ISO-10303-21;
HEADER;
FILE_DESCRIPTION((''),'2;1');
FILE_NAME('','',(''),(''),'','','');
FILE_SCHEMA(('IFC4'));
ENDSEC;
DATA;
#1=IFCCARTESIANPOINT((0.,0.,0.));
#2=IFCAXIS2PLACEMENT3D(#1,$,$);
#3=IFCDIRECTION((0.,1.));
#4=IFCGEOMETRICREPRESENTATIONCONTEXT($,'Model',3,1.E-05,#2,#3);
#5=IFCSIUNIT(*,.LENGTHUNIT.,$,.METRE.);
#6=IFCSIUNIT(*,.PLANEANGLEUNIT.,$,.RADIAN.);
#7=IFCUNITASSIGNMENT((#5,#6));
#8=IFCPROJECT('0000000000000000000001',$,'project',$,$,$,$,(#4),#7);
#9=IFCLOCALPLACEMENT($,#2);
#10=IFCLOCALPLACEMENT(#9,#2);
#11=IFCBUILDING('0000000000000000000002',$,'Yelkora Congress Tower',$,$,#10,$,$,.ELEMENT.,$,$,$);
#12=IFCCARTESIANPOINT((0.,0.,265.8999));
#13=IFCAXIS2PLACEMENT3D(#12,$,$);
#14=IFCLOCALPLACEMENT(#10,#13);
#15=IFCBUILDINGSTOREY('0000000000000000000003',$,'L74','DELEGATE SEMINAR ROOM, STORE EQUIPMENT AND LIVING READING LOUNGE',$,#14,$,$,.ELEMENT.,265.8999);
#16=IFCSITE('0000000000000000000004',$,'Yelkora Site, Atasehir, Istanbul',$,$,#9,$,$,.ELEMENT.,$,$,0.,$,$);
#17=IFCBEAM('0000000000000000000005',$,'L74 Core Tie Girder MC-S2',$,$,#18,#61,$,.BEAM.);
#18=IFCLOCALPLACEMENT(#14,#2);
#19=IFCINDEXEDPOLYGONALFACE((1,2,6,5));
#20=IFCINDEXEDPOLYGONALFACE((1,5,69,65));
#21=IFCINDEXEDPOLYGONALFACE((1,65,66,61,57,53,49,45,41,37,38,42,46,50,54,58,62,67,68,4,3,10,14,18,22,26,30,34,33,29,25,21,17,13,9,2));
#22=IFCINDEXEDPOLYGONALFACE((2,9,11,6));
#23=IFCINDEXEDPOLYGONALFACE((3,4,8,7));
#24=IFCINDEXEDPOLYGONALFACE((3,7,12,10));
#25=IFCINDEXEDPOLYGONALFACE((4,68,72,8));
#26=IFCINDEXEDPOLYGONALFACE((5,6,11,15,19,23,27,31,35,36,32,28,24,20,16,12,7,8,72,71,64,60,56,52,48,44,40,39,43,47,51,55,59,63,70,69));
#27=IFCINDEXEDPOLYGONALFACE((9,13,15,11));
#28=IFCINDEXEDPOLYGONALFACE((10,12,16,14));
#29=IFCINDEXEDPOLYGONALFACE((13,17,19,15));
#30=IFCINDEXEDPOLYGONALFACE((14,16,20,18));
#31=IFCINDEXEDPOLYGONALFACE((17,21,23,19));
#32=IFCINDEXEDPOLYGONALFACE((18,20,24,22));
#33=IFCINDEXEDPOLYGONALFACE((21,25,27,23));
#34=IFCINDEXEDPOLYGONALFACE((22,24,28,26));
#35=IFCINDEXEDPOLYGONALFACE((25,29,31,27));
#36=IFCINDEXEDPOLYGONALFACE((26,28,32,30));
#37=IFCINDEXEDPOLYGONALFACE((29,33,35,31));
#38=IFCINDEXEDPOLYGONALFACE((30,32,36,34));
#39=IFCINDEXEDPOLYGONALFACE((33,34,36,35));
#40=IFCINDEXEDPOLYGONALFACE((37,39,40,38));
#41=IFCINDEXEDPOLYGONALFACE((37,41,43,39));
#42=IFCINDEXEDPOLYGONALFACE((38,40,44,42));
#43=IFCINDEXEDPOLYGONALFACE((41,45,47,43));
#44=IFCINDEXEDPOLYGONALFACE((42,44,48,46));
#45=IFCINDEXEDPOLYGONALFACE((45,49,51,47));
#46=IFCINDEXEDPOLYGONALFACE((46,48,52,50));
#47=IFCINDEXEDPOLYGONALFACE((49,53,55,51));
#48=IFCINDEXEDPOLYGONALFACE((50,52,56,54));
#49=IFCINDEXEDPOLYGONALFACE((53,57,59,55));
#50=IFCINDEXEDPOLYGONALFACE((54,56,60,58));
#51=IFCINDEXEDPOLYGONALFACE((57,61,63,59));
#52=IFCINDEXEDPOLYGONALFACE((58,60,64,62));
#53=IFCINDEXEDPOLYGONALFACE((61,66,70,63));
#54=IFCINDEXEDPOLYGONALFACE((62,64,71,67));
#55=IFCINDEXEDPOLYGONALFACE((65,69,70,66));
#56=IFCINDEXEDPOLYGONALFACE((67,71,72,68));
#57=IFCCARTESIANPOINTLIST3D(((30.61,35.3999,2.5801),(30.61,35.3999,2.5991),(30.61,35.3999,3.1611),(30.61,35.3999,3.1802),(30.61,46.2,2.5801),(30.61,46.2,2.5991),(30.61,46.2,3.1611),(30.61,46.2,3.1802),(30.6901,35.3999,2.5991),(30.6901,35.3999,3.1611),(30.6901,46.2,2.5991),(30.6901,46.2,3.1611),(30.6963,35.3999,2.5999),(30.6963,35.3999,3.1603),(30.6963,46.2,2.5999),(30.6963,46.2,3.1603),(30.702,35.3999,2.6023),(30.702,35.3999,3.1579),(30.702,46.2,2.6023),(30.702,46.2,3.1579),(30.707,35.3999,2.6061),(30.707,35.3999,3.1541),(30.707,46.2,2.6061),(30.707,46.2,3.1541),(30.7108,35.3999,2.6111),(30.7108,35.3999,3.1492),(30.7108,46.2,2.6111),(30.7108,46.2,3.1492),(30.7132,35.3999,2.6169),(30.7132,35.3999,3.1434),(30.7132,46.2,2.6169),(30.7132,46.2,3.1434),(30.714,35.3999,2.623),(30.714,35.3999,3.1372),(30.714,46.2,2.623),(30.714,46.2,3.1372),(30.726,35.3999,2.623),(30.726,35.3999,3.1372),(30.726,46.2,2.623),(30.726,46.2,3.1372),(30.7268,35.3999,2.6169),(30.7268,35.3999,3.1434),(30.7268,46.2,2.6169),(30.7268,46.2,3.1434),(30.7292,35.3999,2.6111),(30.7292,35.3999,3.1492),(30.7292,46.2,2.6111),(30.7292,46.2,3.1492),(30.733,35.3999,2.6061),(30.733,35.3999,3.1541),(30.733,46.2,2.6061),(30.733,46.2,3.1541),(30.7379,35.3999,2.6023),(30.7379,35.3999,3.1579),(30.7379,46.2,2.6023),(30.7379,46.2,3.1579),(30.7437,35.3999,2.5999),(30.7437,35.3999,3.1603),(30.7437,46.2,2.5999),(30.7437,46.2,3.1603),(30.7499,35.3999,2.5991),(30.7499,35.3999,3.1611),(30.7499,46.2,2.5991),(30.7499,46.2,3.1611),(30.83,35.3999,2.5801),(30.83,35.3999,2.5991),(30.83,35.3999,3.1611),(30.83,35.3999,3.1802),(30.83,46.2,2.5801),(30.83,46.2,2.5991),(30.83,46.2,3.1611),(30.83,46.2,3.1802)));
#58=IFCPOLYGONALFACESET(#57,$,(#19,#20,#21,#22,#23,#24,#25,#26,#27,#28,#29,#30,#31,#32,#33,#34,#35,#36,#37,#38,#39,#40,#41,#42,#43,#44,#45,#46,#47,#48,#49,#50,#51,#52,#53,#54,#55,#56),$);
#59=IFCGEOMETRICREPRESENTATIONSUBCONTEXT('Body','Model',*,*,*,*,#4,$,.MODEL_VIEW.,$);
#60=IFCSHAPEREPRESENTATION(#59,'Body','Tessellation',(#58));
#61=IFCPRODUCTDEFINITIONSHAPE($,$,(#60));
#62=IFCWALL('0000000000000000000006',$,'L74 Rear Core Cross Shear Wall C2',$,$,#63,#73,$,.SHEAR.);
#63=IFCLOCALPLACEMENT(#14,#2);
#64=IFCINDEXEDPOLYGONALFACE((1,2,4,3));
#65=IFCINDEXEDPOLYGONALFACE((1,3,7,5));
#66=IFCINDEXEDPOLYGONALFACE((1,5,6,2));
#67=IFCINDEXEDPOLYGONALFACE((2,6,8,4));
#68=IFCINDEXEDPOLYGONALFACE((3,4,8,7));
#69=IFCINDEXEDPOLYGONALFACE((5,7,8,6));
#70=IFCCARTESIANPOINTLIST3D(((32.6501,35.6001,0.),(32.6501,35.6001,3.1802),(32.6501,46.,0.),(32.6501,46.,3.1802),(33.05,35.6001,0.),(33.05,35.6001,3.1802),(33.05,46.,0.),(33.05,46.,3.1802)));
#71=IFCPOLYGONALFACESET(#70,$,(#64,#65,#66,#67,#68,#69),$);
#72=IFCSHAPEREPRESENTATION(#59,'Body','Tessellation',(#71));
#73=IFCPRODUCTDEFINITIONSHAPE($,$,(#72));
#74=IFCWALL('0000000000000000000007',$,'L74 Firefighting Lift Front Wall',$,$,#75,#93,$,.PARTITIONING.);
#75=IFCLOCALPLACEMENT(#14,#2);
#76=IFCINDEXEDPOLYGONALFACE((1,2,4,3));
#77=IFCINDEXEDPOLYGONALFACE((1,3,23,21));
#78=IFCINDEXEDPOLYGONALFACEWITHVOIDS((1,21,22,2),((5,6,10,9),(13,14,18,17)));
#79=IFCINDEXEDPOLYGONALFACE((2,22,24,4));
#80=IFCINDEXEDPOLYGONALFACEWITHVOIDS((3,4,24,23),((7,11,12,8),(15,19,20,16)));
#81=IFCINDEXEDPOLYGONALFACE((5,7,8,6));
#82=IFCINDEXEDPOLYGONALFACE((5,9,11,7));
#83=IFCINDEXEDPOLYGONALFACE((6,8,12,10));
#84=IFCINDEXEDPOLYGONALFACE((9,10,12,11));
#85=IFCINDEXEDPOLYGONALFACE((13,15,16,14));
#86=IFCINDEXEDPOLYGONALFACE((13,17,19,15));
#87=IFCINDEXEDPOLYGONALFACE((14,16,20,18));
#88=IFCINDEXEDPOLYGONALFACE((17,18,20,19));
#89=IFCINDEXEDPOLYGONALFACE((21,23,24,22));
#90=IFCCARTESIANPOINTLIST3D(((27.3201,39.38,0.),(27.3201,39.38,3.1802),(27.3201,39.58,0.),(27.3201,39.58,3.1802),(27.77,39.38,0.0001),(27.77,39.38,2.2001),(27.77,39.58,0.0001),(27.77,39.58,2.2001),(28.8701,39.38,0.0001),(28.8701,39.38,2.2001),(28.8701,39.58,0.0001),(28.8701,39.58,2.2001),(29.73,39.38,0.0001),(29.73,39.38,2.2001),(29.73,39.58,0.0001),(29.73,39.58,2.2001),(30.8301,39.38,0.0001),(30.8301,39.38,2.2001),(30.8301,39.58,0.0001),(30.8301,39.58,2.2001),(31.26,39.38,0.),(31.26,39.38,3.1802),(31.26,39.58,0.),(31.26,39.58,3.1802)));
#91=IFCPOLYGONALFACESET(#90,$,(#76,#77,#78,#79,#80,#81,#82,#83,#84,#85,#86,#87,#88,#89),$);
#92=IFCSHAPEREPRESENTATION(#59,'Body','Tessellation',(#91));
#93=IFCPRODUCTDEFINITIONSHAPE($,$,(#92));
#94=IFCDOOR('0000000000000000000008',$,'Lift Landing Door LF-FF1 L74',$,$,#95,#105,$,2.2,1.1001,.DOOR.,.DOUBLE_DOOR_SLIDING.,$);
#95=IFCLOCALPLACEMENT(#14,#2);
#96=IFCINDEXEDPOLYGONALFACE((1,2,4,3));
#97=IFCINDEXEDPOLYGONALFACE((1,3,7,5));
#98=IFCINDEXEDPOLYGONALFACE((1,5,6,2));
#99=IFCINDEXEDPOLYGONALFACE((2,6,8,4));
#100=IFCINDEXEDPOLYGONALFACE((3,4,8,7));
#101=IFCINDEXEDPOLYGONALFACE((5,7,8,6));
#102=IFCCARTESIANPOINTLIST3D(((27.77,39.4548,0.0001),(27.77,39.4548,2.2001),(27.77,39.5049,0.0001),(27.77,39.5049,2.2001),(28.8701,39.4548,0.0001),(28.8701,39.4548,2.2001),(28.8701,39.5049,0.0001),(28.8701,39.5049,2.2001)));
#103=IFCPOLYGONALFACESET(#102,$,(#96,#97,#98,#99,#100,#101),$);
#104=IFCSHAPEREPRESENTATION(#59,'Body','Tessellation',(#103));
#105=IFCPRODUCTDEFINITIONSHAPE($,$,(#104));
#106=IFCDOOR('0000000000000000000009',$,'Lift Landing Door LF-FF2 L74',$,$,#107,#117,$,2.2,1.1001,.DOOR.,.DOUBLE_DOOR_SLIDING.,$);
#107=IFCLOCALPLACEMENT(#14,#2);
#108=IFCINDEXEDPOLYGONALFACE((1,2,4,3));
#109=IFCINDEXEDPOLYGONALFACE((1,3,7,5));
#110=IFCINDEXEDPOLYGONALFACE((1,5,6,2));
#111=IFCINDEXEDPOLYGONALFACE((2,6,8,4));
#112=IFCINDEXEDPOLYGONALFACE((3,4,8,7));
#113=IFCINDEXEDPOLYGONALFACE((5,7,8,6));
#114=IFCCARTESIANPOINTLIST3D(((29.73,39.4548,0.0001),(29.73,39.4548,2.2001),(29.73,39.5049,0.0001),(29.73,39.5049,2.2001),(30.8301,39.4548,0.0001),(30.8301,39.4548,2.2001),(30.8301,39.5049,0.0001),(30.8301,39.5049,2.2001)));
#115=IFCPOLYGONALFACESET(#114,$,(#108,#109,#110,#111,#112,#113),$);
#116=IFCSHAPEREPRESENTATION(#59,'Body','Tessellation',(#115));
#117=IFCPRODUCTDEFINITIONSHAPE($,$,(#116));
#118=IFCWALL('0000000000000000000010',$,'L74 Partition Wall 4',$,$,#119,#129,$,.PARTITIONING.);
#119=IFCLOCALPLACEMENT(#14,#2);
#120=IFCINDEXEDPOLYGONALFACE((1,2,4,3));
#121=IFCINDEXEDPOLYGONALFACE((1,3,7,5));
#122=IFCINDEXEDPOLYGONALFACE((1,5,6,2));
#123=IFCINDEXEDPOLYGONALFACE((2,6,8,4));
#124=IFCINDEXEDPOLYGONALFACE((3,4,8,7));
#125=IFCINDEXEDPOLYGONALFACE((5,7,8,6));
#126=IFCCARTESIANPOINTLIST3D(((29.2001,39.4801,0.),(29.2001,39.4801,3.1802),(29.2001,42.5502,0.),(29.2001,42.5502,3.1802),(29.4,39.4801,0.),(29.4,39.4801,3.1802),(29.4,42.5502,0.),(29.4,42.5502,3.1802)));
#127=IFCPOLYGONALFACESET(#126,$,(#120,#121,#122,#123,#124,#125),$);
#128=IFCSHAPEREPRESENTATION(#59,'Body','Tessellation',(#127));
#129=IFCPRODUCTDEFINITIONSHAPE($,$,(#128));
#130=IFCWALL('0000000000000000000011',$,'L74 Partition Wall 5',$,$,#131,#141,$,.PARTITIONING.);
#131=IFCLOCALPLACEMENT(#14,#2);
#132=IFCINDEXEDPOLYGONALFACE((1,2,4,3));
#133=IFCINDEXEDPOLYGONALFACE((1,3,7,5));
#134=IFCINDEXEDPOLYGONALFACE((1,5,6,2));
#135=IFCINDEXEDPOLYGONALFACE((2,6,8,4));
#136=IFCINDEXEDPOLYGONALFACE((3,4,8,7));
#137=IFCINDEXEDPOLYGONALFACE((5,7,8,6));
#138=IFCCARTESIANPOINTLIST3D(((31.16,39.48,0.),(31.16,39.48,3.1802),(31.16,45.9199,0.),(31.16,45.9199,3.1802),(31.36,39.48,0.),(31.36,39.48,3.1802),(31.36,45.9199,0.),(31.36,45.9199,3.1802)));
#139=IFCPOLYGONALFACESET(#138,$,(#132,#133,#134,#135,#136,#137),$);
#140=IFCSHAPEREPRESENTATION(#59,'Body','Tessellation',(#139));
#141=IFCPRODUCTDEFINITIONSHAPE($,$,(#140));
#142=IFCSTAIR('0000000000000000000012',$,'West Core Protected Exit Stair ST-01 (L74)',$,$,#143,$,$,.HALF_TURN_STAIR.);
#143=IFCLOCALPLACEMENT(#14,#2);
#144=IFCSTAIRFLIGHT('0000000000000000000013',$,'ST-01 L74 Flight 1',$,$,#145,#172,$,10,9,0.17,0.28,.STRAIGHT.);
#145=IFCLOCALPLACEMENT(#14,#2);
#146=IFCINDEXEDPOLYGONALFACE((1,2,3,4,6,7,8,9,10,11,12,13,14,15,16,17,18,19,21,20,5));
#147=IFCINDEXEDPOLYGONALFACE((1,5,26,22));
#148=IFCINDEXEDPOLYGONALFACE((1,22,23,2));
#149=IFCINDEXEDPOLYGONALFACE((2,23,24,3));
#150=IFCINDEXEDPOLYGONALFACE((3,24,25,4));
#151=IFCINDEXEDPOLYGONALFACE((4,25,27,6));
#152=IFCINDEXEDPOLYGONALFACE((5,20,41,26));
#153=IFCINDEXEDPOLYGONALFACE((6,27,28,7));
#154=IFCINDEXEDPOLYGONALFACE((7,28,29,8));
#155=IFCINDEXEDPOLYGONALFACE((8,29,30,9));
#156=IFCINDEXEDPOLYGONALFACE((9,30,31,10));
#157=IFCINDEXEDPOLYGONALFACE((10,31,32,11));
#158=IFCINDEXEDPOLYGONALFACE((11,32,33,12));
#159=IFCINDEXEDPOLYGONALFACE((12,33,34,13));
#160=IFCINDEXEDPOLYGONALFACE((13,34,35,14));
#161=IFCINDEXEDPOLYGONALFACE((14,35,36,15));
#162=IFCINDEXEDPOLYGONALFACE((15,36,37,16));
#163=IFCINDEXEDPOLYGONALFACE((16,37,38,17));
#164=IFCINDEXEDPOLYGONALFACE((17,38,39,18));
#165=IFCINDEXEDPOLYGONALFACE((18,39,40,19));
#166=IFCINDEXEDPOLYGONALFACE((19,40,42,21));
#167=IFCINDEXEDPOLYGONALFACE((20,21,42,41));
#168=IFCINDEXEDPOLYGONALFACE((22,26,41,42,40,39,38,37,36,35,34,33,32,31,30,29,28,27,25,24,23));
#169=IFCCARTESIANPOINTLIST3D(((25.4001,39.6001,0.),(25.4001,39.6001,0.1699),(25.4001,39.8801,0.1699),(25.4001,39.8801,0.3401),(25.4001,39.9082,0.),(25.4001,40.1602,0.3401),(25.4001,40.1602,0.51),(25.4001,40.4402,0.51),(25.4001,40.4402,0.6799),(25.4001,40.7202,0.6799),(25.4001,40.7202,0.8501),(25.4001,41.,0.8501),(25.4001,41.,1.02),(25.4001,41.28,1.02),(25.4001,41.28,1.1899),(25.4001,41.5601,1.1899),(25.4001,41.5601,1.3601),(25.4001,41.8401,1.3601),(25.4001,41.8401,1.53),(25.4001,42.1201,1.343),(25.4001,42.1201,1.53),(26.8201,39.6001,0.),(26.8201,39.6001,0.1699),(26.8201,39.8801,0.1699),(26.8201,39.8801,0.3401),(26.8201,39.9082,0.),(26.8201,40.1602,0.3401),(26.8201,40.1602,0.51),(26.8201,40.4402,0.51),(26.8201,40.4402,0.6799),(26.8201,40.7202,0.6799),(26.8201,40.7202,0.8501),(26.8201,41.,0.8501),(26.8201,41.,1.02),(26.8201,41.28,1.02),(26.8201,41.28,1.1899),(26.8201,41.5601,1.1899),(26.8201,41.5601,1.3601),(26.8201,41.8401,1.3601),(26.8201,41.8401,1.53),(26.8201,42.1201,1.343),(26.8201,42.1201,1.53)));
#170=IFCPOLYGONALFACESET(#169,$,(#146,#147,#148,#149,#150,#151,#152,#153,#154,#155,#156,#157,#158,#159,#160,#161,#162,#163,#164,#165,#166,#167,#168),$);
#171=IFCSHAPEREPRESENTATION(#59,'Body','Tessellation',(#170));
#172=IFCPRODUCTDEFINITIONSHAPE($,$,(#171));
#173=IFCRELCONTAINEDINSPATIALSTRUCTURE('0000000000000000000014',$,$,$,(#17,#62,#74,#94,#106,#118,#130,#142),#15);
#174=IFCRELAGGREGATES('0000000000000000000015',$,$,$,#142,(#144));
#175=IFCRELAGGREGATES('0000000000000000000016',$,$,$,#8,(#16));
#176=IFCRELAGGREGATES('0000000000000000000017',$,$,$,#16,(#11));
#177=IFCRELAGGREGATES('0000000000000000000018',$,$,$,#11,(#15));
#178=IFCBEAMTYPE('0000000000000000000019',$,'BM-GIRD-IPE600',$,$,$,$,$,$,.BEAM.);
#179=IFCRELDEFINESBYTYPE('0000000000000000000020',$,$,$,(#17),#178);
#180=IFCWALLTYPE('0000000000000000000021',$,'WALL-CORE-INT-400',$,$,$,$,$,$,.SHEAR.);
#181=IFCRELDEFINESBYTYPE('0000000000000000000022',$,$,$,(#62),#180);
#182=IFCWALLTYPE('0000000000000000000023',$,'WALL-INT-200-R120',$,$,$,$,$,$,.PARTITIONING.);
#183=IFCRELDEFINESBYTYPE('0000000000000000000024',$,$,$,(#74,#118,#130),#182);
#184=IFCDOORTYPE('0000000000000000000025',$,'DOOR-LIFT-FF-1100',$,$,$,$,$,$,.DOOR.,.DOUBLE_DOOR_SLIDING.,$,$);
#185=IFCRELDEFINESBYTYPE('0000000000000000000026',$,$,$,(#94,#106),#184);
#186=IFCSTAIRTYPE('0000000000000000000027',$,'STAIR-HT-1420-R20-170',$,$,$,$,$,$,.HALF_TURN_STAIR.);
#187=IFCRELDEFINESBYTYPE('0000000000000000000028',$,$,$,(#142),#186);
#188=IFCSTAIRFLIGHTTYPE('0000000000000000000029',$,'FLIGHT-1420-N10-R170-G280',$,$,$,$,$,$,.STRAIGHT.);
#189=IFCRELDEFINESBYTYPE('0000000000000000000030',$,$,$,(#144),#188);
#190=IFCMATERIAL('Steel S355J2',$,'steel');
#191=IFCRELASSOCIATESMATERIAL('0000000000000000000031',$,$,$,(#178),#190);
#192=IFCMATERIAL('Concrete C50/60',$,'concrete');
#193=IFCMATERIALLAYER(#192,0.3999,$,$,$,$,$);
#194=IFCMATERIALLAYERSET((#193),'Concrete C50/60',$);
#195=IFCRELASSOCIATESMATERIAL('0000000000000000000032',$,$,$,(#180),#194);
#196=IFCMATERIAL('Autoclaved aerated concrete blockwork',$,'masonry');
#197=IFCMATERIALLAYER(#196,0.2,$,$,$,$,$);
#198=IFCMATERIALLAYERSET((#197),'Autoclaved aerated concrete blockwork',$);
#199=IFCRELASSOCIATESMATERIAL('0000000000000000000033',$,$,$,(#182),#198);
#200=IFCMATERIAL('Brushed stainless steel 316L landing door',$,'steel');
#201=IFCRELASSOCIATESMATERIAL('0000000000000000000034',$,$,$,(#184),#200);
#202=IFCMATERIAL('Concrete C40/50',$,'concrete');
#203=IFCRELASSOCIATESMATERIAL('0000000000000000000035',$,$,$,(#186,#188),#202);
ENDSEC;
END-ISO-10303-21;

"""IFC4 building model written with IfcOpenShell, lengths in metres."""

from ifc_helpers import new_model, si_unit, direction, frame, frame_2d, origin, origin_2d, place, context, subcontext, project, spatial, polyline, rectangle, i_section, outline, extrude, material, layer, layer_set, material_profile, profile_set, type_object, element, fill, aggregate, save


model = new_model("IFC4")

# Units and contexts
model_context = context("Model", 3, precision=1e-05, world=origin(), true_north=direction((0.0, 1.0)))
body_context = subcontext(model_context, "Body", "Model", "MODEL_VIEW")
ifc_project = project(units=[si_unit("LENGTHUNIT", "METRE"), si_unit("PLANEANGLEUNIT", "RADIAN")], contexts=[model_context])

# Site, building, storey
site_placement = place(None, origin())
site = spatial("IfcSite", under=ifc_project, at=site_placement, Name="Yelkora Site, Atasehir, Istanbul", CompositionType="ELEMENT", RefElevation=0.0)
building_placement = place(site_placement, origin())
building = spatial("IfcBuilding", under=site, at=building_placement, Name="Yelkora Congress Tower", CompositionType="ELEMENT")
storey_placement = place(building_placement, frame((0.0, 0.0, 265.8999)))
storey = spatial("IfcBuildingStorey", under=building, at=storey_placement, Name="L74", Description="DELEGATE SEMINAR ROOM, STORE EQUIPMENT AND LIVING READING LOUNGE", CompositionType="ELEMENT", Elevation=265.8999)

# Beam
ifc_material_1 = material(Name="Steel S355J2", Category="steel")
ifc_material_profile = material_profile(ifc_material_1, i_section(OverallWidth=0.22, OverallDepth=0.6001, WebThickness=0.012, FlangeThickness=0.019, FilletRadius=0.0239, at=origin_2d()), Name="IPE 600")
ifc_profile_set = profile_set([ifc_material_profile], Name="Steel S355J2")
beam_type = type_object("IfcBeamType", Name="BM-GIRD-IPE600", PredefinedType="BEAM", material=ifc_profile_set)
beam_placement = place(storey_placement, frame((30.72, 35.3999, 2.8801), z_axis=(0.0, 1.0, 0.0), x_axis=(-1.0, 0.0, 0.0)))
element("IfcBeam", 1, at=beam_placement, inside=storey, type_object=beam_type, Name="L74 Core Tie Girder MC-S2", PredefinedType="BEAM", context=body_context, shape_type="SweptSolid", body=[
    extrude(i_section(OverallWidth=0.22, OverallDepth=0.6001, WebThickness=0.012, FlangeThickness=0.019, FilletRadius=0.0239, at=origin_2d()), origin(), (0.0, 0.0, 1.0), 10.8),
])

# Shared definitions
ifc_material_2 = material(Name="Concrete C50/60", Category="concrete")
ifc_layer_1 = layer(ifc_material_2, 0.3999)
ifc_layer_set_1 = layer_set([ifc_layer_1], Name="Concrete C50/60")
wall_type_1 = type_object("IfcWallType", Name="WALL-CORE-INT-400", PredefinedType="SHEAR", material=ifc_layer_set_1)

# Wall
wall_1_placement = place(storey_placement, frame((32.8501, 35.6001, 0.0), z_axis=(0.0, 0.0, 1.0), x_axis=(0.0, 1.0, 0.0)))
element("IfcWall", 2, at=wall_1_placement, inside=storey, type_object=wall_type_1, Name="L74 Rear Core Cross Shear Wall C2", PredefinedType="SHEAR", context=body_context, shape_type="SweptSolid", body=[
    extrude(rectangle(XDim=10.3999, YDim=0.3999, at=frame_2d((5.2, 0.0))), origin(), (0.0, 0.0, 1.0), 3.1802),
])

# Shared definitions
ifc_material_3 = material(Name="Autoclaved aerated concrete blockwork", Category="masonry")
ifc_layer_2 = layer(ifc_material_3, 0.2)
ifc_layer_set_2 = layer_set([ifc_layer_2], Name="Autoclaved aerated concrete blockwork")
wall_type_2 = type_object("IfcWallType", Name="WALL-INT-200-R120", PredefinedType="PARTITIONING", material=ifc_layer_set_2)

# Wall, openings, doors
wall_2_placement = place(storey_placement, frame((27.3201, 39.48, 0.0), z_axis=(0.0, 0.0, 1.0), x_axis=(1.0, 0.0, 0.0)))
wall_2 = element("IfcWall", 3, at=wall_2_placement, inside=storey, type_object=wall_type_2, Name="L74 Firefighting Lift Front Wall", PredefinedType="PARTITIONING", context=body_context, shape_type="SweptSolid", body=[
    extrude(rectangle(XDim=3.9399, YDim=0.2, at=frame_2d((1.97, 0.0))), origin(), (0.0, 0.0, 1.0), 3.1802),
])
opening_1_placement = place(wall_2_placement, frame((0.45, 0.0, 0.0)))
opening_1 = element("IfcOpeningElement", 4, at=opening_1_placement, cuts=wall_2, PredefinedType="OPENING", context=body_context, shape_type="SweptSolid", body=[
    extrude(rectangle(XDim=1.1001, YDim=2.2, at=frame_2d((0.55, 1.1001))), frame((0.0, 0.1099, 0.0), z_axis=(0.0, -1.0, 0.0), x_axis=(1.0, 0.0, 0.0)), (0.0, 0.0, 1.0), 0.22),
])
opening_2_placement = place(wall_2_placement, frame((2.4099, 0.0, 0.0)))
opening_2 = element("IfcOpeningElement", 5, at=opening_2_placement, cuts=wall_2, PredefinedType="OPENING", context=body_context, shape_type="SweptSolid", body=[
    extrude(rectangle(XDim=1.1001, YDim=2.2, at=frame_2d((0.55, 1.1001))), frame((0.0, 0.1099, 0.0), z_axis=(0.0, -1.0, 0.0), x_axis=(1.0, 0.0, 0.0)), (0.0, 0.0, 1.0), 0.22),
])
ifc_material_4 = material(Name="Brushed stainless steel 316L landing door", Category="steel")
door_type_1 = type_object("IfcDoorType", Name="DOOR-LIFT-FF-1100", OperationType="DOUBLE_DOOR_SLIDING", PredefinedType="DOOR", material=ifc_material_4)
door_1_placement = place(opening_1_placement, origin())
door_1 = element("IfcDoor", 6, at=door_1_placement, inside=storey, type_object=door_type_1, Name="Lift Landing Door LF-FF1 L74", OperationType="DOUBLE_DOOR_SLIDING", OverallHeight=2.2, OverallWidth=1.1001, PredefinedType="DOOR", context=body_context, shape_type="SweptSolid", body=[
    extrude(rectangle(XDim=1.1001, YDim=2.2, at=frame_2d((0.55, 1.1001))), frame((0.0, 0.0249, 0.0), z_axis=(0.0, -1.0, 0.0), x_axis=(1.0, 0.0, 0.0)), (0.0, 0.0, 1.0), 0.05),
])
fill(opening_1, door_1)
door_2_placement = place(opening_2_placement, origin())
door_2 = element("IfcDoor", 7, at=door_2_placement, inside=storey, type_object=door_type_1, Name="Lift Landing Door LF-FF2 L74", OperationType="DOUBLE_DOOR_SLIDING", OverallHeight=2.2, OverallWidth=1.1001, PredefinedType="DOOR", context=body_context, shape_type="SweptSolid", body=[
    extrude(rectangle(XDim=1.1001, YDim=2.2, at=frame_2d((0.55, 1.1001))), frame((0.0, 0.0249, 0.0), z_axis=(0.0, -1.0, 0.0), x_axis=(1.0, 0.0, 0.0)), (0.0, 0.0, 1.0), 0.05),
])
fill(opening_2, door_2)

# Walls
wall_3_placement = place(storey_placement, frame((29.3, 39.48, 0.0), z_axis=(0.0, 0.0, 1.0), x_axis=(0.0, 1.0, 0.0)))
element("IfcWall", 8, at=wall_3_placement, inside=storey, type_object=wall_type_2, Name="L74 Partition Wall 4", PredefinedType="PARTITIONING", context=body_context, shape_type="SweptSolid", body=[
    extrude(rectangle(XDim=3.0701, YDim=0.2, at=frame_2d((1.5352, 0.0))), origin(), (0.0, 0.0, 1.0), 3.1802),
])
wall_4_placement = place(storey_placement, frame((31.26, 39.48, 0.0), z_axis=(0.0, 0.0, 1.0), x_axis=(0.0, 1.0, 0.0)))
element("IfcWall", 9, at=wall_4_placement, inside=storey, type_object=wall_type_2, Name="L74 Partition Wall 5", PredefinedType="PARTITIONING", context=body_context, shape_type="SweptSolid", body=[
    extrude(rectangle(XDim=6.4399, YDim=0.2, at=frame_2d((3.22, 0.0))), origin(), (0.0, 0.0, 1.0), 3.1802),
])

# Stair, stair flight
ifc_material_5 = material(Name="Concrete C40/50", Category="concrete")
stair_type = type_object("IfcStairType", Name="STAIR-HT-1420-R20-170", PredefinedType="HALF_TURN_STAIR", material=ifc_material_5)
stair_placement = place(storey_placement, origin())
stair = element("IfcStair", 10, at=stair_placement, inside=storey, type_object=stair_type, Name="West Core Protected Exit Stair ST-01 (L74)", PredefinedType="HALF_TURN_STAIR")
stair_flight_type = type_object("IfcStairFlightType", Name="FLIGHT-1420-N10-R170-G280", PredefinedType="STRAIGHT", material=ifc_material_5)
stair_flight_1_placement = place(storey_placement, frame((26.1101, 39.6001, 0.0), z_axis=(0.0, 0.0, 1.0), x_axis=(0.0, 1.0, 0.0)))
stair_flight_1 = element("IfcStairFlight", 11, at=stair_flight_1_placement, type_object=stair_flight_type, Name="ST-01 L74 Flight 1", NumberOfRisers=10, NumberOfTreads=9, PredefinedType="STRAIGHT", RiserHeight=0.17, TreadLength=0.28, context=body_context, shape_type="SweptSolid", body=[
    extrude(outline(polyline([(0.0, 0.0), (0.0, 0.1699), (0.28, 0.1699), (0.28, 0.3401), (0.5601, 0.3401), (0.5601, 0.51), (0.8401, 0.51), (0.8401, 0.6799), (1.1201, 0.6799), (1.1201, 0.8501), (1.3999, 0.8501), (1.3999, 1.02), (1.6799, 1.02), (1.6799, 1.1899), (1.96, 1.1899), (1.96, 1.3601), (2.24, 1.3601), (2.24, 1.53), (2.52, 1.53), (2.52, 1.7), (2.52, 1.343), (0.3081, 0.0), (0.0, 0.0)])), frame((0.0, 0.71, 0.0), z_axis=(0.0, -1.0, 0.0), x_axis=(1.0, 0.0, 0.0)), (0.0, 0.0, 1.0), 1.4199),
])
aggregate(stair, [stair_flight_1])

save(model, "model.ifc")
